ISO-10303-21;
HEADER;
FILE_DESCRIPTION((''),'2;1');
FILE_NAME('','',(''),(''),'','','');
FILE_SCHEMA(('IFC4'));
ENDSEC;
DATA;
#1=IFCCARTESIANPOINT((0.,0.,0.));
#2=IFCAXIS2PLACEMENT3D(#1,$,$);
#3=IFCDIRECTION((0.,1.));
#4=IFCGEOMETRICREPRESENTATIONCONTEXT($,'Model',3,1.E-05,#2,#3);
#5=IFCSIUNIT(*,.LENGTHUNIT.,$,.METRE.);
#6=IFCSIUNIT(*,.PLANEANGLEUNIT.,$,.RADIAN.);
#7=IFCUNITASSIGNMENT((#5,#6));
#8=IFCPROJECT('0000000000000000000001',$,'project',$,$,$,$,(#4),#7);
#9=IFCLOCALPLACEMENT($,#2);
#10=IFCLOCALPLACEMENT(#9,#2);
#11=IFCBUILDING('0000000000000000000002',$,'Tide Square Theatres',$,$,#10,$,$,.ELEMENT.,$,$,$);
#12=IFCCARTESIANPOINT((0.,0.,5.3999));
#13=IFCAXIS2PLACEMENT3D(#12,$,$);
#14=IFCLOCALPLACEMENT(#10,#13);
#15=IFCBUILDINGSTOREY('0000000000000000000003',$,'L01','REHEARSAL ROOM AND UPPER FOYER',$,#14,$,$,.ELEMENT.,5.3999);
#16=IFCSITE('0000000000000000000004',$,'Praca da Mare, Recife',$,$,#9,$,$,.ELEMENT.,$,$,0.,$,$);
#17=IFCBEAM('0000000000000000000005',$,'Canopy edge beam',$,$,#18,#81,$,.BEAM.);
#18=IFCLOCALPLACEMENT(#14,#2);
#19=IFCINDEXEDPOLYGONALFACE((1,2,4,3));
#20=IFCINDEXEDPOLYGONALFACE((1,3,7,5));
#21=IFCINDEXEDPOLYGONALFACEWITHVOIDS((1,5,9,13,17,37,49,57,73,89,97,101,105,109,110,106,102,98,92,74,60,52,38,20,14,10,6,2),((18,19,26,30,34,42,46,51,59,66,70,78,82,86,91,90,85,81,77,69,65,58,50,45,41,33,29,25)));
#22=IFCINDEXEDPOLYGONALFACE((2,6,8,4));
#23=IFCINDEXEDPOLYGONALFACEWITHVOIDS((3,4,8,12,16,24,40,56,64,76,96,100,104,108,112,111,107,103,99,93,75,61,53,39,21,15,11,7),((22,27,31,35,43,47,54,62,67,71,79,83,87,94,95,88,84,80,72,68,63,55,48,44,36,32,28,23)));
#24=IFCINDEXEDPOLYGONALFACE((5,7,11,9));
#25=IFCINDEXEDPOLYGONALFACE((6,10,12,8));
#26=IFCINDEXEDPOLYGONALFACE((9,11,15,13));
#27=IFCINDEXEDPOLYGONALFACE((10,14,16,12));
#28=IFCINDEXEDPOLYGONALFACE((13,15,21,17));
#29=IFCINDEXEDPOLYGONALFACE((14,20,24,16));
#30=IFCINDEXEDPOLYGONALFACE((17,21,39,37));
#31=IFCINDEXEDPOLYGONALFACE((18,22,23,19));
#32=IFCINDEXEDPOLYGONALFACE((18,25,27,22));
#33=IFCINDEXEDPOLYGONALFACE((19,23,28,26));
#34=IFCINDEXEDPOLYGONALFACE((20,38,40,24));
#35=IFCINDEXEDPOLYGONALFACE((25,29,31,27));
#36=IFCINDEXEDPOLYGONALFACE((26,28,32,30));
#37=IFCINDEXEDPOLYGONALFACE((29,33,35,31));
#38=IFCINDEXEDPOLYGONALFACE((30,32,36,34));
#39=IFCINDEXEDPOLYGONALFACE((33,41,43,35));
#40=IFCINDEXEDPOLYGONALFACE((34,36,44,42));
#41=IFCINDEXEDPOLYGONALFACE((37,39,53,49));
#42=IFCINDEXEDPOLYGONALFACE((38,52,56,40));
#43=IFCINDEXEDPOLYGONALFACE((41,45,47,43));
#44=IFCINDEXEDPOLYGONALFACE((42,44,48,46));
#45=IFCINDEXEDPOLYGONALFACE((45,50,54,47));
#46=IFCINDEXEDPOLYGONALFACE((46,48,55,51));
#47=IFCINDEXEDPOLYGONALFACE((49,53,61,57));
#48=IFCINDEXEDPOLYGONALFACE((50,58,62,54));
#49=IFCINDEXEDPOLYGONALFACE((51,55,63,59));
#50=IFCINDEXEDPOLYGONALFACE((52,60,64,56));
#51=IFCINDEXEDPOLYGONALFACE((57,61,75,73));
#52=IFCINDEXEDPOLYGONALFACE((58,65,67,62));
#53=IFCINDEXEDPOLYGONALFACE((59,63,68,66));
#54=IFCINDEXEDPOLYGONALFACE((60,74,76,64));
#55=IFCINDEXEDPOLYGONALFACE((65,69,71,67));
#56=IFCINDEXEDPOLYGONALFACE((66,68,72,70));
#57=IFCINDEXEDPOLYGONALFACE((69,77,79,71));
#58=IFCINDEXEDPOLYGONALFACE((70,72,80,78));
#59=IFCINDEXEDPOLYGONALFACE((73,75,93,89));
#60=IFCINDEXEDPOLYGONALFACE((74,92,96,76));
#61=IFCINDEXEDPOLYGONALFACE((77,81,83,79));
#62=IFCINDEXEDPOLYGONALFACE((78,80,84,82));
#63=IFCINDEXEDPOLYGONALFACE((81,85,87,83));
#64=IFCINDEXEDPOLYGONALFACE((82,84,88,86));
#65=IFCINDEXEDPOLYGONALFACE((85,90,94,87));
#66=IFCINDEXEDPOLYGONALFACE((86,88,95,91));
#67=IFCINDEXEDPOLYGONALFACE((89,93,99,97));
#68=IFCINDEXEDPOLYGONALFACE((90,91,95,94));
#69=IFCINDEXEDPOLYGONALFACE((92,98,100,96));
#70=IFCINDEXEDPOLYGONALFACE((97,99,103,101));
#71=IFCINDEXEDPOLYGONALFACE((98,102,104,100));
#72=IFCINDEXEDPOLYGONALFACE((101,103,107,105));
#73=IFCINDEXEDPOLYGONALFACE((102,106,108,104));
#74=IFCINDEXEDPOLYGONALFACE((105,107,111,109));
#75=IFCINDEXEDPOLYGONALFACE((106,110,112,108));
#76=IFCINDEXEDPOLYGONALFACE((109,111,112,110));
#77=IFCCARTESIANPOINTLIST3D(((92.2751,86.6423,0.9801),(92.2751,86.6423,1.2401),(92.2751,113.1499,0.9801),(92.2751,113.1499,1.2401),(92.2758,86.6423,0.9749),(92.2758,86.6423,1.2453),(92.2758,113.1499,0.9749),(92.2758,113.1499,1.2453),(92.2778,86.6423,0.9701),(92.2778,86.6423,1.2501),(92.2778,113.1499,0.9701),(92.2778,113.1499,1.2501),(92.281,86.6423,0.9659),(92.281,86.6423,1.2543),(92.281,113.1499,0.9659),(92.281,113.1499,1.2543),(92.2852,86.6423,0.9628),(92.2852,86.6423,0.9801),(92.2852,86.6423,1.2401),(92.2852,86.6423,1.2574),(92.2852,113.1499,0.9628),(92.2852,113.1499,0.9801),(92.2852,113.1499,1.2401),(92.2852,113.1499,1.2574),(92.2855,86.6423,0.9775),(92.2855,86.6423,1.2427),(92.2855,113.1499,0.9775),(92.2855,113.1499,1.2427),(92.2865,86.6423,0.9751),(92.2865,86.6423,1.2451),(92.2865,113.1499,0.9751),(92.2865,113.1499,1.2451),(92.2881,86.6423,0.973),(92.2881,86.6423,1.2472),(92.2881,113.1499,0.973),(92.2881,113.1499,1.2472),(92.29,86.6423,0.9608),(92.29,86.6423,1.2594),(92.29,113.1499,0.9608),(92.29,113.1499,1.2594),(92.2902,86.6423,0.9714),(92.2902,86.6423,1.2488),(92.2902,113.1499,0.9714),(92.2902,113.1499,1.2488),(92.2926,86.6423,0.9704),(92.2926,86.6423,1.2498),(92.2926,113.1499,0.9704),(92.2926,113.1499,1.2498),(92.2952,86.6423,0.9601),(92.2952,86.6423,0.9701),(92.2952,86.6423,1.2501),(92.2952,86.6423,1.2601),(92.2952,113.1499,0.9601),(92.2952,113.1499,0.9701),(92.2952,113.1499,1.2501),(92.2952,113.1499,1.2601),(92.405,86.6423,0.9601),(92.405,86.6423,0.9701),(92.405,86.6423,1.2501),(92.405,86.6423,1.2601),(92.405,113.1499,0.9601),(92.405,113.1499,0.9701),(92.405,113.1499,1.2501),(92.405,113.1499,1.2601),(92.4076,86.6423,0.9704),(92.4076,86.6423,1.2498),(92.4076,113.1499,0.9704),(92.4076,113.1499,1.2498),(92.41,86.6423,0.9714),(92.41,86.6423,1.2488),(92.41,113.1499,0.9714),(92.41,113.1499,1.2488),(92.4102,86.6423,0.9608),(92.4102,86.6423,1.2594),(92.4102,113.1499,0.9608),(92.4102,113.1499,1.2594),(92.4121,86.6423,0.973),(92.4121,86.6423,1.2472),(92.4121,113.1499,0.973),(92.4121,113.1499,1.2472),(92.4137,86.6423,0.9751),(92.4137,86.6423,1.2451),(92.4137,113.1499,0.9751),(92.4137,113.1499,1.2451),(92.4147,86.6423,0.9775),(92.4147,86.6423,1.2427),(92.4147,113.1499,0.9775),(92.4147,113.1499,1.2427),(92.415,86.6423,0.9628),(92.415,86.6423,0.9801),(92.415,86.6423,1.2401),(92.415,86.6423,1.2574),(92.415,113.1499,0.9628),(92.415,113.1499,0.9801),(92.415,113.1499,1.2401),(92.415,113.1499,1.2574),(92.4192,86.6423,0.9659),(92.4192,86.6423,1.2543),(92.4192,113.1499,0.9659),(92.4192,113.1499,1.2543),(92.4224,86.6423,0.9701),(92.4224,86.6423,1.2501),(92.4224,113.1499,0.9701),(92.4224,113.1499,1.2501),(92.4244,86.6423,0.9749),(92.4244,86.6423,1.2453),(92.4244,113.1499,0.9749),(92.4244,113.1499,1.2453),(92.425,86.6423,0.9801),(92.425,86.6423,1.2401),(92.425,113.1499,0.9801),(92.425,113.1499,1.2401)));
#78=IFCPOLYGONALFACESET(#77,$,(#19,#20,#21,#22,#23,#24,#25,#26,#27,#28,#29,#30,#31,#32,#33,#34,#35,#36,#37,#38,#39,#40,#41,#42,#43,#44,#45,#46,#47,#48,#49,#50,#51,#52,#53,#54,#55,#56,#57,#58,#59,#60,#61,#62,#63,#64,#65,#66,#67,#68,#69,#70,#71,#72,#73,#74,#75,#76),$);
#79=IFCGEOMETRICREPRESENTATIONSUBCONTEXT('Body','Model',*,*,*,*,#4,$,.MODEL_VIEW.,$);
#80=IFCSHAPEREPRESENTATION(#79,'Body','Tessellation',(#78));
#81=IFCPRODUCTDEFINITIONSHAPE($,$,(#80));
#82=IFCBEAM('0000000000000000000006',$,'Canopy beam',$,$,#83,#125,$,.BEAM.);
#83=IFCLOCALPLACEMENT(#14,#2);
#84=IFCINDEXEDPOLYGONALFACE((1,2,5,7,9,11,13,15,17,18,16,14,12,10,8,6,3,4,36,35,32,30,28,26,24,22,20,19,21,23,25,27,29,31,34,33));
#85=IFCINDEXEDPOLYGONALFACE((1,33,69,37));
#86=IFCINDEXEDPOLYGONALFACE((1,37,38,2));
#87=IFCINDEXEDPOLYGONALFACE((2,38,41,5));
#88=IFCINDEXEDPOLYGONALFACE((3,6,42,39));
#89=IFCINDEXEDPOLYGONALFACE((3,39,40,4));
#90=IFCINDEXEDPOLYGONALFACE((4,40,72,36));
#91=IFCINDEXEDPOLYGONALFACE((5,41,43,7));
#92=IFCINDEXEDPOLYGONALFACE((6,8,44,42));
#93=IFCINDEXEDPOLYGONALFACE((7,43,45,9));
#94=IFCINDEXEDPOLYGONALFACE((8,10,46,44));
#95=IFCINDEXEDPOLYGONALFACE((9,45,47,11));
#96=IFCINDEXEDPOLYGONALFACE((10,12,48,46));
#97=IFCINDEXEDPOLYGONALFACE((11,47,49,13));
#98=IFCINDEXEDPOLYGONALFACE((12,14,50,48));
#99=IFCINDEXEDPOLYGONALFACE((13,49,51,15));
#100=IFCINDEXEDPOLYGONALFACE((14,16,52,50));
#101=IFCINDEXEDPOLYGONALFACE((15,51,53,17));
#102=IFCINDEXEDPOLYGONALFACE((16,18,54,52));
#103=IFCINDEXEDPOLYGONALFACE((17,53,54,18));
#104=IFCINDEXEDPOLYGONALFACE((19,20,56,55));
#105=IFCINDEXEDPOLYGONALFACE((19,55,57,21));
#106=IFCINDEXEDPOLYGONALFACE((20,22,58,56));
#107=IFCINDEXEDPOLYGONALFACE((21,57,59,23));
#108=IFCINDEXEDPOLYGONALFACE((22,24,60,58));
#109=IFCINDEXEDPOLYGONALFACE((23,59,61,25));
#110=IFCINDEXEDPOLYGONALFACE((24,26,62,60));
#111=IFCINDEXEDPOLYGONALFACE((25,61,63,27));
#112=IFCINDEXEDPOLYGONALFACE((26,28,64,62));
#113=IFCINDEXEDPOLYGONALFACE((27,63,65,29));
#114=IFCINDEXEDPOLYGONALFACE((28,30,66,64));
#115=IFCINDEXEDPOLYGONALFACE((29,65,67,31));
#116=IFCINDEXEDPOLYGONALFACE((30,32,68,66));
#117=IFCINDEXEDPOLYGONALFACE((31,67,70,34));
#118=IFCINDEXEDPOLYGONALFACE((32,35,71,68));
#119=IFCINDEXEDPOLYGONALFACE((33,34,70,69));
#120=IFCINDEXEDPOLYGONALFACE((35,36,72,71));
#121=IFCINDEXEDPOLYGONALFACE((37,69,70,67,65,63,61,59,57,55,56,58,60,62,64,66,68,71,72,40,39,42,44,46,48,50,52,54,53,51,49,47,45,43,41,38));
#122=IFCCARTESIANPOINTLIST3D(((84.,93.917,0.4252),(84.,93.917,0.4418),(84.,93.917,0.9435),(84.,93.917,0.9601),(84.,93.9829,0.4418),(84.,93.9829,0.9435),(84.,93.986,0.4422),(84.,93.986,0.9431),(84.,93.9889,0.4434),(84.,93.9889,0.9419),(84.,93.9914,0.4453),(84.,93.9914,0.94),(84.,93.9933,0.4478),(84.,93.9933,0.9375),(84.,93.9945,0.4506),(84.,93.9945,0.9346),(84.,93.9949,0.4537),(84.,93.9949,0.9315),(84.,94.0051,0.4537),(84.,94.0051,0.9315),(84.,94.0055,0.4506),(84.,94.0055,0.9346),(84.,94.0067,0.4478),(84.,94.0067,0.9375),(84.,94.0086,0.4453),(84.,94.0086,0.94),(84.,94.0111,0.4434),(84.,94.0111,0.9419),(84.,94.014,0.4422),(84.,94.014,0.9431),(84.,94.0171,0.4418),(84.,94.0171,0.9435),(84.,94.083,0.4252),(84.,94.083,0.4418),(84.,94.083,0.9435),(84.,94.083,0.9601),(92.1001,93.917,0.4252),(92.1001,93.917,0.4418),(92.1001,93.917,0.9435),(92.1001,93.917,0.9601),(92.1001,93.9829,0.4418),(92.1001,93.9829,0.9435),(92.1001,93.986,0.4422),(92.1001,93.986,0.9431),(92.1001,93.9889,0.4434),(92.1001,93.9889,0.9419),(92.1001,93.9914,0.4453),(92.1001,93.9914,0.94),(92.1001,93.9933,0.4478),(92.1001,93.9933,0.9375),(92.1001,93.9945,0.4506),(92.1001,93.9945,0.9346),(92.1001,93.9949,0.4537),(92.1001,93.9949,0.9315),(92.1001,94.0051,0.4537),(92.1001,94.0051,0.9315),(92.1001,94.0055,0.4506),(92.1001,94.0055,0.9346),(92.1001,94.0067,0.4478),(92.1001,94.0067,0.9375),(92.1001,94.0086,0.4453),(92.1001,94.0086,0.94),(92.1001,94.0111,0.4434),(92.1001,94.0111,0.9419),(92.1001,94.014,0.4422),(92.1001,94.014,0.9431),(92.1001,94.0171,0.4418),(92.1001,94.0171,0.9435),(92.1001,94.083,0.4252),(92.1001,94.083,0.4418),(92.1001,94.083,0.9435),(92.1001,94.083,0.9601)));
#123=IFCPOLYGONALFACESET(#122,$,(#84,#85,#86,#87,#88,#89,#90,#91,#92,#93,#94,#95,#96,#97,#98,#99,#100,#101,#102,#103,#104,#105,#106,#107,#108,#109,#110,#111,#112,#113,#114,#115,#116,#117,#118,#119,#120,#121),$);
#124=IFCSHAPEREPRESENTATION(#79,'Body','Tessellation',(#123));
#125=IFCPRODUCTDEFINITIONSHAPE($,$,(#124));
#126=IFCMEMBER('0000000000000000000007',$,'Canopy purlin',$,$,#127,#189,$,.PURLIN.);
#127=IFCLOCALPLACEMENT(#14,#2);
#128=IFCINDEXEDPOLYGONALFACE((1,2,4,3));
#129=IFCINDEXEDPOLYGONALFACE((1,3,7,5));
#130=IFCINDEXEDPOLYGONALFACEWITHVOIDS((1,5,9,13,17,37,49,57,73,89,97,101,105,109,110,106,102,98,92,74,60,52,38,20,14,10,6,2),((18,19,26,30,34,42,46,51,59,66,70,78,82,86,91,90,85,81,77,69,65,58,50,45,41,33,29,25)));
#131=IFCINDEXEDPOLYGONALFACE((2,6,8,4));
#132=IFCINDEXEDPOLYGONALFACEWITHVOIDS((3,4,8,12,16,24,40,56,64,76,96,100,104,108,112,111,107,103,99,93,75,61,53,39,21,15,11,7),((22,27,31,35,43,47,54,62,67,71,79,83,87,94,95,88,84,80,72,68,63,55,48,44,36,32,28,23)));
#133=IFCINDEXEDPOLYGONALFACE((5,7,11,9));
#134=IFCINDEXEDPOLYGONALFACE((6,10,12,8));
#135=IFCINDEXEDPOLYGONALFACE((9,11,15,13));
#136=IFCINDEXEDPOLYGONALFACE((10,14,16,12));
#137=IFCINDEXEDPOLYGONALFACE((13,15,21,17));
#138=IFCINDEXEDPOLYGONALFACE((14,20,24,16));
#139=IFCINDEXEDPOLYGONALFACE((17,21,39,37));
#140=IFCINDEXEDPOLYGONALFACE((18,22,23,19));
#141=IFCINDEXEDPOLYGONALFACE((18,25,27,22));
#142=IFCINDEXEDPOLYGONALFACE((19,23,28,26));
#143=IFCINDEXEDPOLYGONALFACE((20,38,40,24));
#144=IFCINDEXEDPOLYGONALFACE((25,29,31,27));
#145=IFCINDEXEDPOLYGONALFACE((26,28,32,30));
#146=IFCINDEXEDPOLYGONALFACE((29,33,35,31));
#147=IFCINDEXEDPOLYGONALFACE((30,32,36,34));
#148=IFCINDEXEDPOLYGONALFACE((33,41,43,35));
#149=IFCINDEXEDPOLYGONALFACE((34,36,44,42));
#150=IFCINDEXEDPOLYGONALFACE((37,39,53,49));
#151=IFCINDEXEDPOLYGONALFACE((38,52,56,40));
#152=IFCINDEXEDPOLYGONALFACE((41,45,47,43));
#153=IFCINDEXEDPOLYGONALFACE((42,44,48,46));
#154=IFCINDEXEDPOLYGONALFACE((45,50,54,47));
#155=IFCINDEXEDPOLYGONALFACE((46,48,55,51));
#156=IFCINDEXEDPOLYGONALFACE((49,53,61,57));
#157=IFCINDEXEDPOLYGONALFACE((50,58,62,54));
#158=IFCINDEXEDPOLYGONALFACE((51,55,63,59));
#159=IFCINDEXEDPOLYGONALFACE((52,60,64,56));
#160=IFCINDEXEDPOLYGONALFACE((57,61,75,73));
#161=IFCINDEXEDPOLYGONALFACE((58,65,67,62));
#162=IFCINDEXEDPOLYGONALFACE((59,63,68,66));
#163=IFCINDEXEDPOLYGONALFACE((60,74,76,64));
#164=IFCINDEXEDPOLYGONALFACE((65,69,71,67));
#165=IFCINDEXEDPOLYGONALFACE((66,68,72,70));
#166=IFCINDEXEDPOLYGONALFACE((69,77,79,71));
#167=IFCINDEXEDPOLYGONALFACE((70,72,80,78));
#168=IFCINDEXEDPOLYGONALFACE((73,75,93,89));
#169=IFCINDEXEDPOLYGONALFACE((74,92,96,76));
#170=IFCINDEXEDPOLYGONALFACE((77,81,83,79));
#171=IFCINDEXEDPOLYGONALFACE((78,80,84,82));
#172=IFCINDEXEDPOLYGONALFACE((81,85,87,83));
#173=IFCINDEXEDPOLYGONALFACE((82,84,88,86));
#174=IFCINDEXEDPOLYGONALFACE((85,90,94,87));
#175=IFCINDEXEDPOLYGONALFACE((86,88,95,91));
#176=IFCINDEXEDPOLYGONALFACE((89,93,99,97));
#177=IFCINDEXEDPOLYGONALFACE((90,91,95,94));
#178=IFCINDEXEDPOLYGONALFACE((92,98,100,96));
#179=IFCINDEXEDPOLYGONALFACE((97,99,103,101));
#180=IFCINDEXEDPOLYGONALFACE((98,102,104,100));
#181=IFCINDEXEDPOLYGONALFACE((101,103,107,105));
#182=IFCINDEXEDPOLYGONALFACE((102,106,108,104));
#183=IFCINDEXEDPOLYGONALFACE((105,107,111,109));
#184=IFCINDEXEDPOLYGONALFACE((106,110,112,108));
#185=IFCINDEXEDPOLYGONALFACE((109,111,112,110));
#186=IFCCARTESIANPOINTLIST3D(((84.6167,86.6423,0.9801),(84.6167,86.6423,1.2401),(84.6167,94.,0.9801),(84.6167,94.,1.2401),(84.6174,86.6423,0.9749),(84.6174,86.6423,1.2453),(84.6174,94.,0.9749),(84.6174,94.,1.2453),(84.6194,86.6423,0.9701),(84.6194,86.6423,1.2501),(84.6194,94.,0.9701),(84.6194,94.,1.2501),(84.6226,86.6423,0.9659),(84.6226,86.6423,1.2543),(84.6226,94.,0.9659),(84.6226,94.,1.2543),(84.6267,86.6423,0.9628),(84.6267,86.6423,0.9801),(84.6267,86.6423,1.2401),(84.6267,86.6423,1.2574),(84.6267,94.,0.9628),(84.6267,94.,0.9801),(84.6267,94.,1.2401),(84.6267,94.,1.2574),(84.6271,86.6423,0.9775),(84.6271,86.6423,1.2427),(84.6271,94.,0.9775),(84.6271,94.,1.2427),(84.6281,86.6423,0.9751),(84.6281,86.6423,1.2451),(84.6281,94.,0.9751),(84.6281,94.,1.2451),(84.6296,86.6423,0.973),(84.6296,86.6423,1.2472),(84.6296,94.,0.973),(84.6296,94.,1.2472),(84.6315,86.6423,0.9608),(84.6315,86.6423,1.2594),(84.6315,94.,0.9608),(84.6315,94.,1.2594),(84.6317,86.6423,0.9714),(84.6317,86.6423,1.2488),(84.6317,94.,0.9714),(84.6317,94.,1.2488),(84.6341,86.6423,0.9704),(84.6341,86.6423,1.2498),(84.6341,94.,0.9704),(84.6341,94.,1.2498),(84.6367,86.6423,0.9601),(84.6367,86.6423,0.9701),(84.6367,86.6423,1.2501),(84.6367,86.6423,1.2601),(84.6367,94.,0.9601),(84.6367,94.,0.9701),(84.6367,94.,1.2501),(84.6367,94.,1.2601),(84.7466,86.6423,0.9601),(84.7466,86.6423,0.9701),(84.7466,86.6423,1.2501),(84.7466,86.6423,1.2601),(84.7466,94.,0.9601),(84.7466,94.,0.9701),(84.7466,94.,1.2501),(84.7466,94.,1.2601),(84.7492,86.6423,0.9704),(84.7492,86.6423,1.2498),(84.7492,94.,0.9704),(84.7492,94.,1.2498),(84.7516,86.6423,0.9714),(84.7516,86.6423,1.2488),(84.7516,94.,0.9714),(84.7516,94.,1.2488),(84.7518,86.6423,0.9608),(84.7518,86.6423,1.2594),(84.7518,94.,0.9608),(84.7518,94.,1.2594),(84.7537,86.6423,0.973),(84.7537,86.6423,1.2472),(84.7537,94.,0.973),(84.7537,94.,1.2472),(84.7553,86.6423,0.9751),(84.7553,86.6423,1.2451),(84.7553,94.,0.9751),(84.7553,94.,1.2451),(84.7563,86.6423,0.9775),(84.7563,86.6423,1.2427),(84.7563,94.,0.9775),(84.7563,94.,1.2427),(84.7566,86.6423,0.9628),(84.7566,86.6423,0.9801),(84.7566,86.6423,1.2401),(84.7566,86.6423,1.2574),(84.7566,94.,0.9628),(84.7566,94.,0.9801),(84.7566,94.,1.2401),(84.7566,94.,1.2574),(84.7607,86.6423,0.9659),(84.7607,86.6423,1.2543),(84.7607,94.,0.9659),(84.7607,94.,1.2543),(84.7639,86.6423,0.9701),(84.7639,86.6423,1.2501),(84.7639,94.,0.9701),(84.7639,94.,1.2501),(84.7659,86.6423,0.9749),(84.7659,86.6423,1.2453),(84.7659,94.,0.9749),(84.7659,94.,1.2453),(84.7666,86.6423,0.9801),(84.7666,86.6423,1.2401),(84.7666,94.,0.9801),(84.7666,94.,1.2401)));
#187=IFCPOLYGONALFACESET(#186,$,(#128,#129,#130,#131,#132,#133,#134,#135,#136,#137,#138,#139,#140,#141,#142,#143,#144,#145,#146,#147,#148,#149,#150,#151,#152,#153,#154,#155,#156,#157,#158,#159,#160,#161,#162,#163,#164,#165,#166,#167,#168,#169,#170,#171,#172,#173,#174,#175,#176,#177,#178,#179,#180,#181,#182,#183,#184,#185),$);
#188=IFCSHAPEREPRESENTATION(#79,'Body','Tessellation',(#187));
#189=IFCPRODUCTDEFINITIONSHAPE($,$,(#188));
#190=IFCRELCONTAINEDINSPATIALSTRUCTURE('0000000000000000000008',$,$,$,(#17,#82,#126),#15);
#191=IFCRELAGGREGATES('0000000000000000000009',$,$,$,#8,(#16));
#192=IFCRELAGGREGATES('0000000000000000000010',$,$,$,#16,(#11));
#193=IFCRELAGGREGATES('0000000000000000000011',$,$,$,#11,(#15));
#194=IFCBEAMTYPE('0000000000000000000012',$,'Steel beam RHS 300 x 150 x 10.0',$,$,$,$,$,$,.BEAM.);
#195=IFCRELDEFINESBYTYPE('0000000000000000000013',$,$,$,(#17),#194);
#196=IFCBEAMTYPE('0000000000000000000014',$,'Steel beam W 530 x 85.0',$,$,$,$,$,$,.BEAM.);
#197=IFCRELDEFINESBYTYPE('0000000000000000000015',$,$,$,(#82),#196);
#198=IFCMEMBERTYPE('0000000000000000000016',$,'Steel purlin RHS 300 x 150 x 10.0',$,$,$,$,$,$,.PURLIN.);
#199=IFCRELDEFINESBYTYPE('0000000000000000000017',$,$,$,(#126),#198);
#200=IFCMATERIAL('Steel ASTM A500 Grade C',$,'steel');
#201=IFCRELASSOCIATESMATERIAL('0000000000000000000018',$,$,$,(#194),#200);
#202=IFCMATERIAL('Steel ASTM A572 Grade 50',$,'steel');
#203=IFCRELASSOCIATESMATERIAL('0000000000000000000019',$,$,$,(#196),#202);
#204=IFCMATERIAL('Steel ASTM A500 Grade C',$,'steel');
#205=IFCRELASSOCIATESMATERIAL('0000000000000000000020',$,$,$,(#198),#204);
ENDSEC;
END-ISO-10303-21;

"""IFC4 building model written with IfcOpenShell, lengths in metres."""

from ifc_helpers import new_model, si_unit, direction, frame, origin, origin_2d, place, context, subcontext, project, spatial, hollow_rectangle, i_section, extrude, material, material_profile, profile_set, type_object, element, save


model = new_model("IFC4")

# Units and contexts
model_context = context("Model", 3, precision=1e-05, world=origin(), true_north=direction((0.0, 1.0)))
body_context = subcontext(model_context, "Body", "Model", "MODEL_VIEW")
ifc_project = project(units=[si_unit("LENGTHUNIT", "METRE"), si_unit("PLANEANGLEUNIT", "RADIAN")], contexts=[model_context])

# Site, building, storey
site_placement = place(None, origin())
site = spatial("IfcSite", under=ifc_project, at=site_placement, Name="Praca da Mare, Recife", CompositionType="ELEMENT", RefElevation=0.0)
building_placement = place(site_placement, origin())
building = spatial("IfcBuilding", under=site, at=building_placement, Name="Tide Square Theatres", CompositionType="ELEMENT")
storey_placement = place(building_placement, frame((0.0, 0.0, 5.3999)))
storey = spatial("IfcBuildingStorey", under=building, at=storey_placement, Name="L01", Description="REHEARSAL ROOM AND UPPER FOYER", CompositionType="ELEMENT", Elevation=5.3999)

# Beams
ifc_material_1 = material(Name="Steel ASTM A500 Grade C", Category="steel")
ifc_material_profile_1 = material_profile(ifc_material_1, hollow_rectangle(XDim=0.1499, YDim=0.3, WallThickness=0.01, InnerFilletRadius=0.01, OuterFilletRadius=0.02, at=origin_2d()))
ifc_profile_set_1 = profile_set([ifc_material_profile_1], Name="Steel ASTM A500 Grade C")
beam_type_1 = type_object("IfcBeamType", Name="Steel beam RHS 300 x 150 x 10.0", PredefinedType="BEAM", material=ifc_profile_set_1)
beam_1_placement = place(storey_placement, frame((92.3501, 86.6423, 1.1101), z_axis=(0.0, 1.0, 0.0), x_axis=(-1.0, 0.0, 0.0)))
element("IfcBeam", 1, at=beam_1_placement, inside=storey, type_object=beam_type_1, Name="Canopy edge beam", PredefinedType="BEAM", context=body_context, shape_type="SweptSolid", body=[
    extrude(hollow_rectangle(XDim=0.1499, YDim=0.3, WallThickness=0.01, InnerFilletRadius=0.01, OuterFilletRadius=0.02, at=origin_2d()), origin(), (0.0, 0.0, 1.0), 26.5076),
])
ifc_material_2 = material(Name="Steel ASTM A572 Grade 50", Category="steel")
ifc_material_profile_2 = material_profile(ifc_material_2, i_section(OverallWidth=0.166, OverallDepth=0.5349, WebThickness=0.0103, FlangeThickness=0.0166, FilletRadius=0.012, at=origin_2d()))
ifc_profile_set_2 = profile_set([ifc_material_profile_2], Name="Steel ASTM A572 Grade 50")
beam_type_2 = type_object("IfcBeamType", Name="Steel beam W 530 x 85.0", PredefinedType="BEAM", material=ifc_profile_set_2)
beam_2_placement = place(storey_placement, frame((84.0, 94.0, 0.6926), z_axis=(1.0, 0.0, 0.0), x_axis=(0.0, 1.0, 0.0)))
element("IfcBeam", 2, at=beam_2_placement, inside=storey, type_object=beam_type_2, Name="Canopy beam", PredefinedType="BEAM", context=body_context, shape_type="SweptSolid", body=[
    extrude(i_section(OverallWidth=0.166, OverallDepth=0.5349, WebThickness=0.0103, FlangeThickness=0.0166, FilletRadius=0.012, at=origin_2d()), origin(), (0.0, 0.0, 1.0), 8.1001),
])

# Member
ifc_material_3 = material(Name="Steel ASTM A500 Grade C", Category="steel")
ifc_material_profile_3 = material_profile(ifc_material_3, hollow_rectangle(XDim=0.1499, YDim=0.3, WallThickness=0.01, InnerFilletRadius=0.01, OuterFilletRadius=0.02, at=origin_2d()))
ifc_profile_set_3 = profile_set([ifc_material_profile_3], Name="Steel ASTM A500 Grade C")
member_type = type_object("IfcMemberType", Name="Steel purlin RHS 300 x 150 x 10.0", PredefinedType="PURLIN", material=ifc_profile_set_3)
member_1_placement = place(storey_placement, frame((84.6917, 86.6423, 1.1101), z_axis=(0.0, 1.0, 0.0), x_axis=(-1.0, 0.0, 0.0)))
element("IfcMember", 3, at=member_1_placement, inside=storey, type_object=member_type, Name="Canopy purlin", PredefinedType="PURLIN", context=body_context, shape_type="SweptSolid", body=[
    extrude(hollow_rectangle(XDim=0.1499, YDim=0.3, WallThickness=0.01, InnerFilletRadius=0.01, OuterFilletRadius=0.02, at=origin_2d()), origin(), (0.0, 0.0, 1.0), 7.3577),
])

save(model, "model.ifc")
